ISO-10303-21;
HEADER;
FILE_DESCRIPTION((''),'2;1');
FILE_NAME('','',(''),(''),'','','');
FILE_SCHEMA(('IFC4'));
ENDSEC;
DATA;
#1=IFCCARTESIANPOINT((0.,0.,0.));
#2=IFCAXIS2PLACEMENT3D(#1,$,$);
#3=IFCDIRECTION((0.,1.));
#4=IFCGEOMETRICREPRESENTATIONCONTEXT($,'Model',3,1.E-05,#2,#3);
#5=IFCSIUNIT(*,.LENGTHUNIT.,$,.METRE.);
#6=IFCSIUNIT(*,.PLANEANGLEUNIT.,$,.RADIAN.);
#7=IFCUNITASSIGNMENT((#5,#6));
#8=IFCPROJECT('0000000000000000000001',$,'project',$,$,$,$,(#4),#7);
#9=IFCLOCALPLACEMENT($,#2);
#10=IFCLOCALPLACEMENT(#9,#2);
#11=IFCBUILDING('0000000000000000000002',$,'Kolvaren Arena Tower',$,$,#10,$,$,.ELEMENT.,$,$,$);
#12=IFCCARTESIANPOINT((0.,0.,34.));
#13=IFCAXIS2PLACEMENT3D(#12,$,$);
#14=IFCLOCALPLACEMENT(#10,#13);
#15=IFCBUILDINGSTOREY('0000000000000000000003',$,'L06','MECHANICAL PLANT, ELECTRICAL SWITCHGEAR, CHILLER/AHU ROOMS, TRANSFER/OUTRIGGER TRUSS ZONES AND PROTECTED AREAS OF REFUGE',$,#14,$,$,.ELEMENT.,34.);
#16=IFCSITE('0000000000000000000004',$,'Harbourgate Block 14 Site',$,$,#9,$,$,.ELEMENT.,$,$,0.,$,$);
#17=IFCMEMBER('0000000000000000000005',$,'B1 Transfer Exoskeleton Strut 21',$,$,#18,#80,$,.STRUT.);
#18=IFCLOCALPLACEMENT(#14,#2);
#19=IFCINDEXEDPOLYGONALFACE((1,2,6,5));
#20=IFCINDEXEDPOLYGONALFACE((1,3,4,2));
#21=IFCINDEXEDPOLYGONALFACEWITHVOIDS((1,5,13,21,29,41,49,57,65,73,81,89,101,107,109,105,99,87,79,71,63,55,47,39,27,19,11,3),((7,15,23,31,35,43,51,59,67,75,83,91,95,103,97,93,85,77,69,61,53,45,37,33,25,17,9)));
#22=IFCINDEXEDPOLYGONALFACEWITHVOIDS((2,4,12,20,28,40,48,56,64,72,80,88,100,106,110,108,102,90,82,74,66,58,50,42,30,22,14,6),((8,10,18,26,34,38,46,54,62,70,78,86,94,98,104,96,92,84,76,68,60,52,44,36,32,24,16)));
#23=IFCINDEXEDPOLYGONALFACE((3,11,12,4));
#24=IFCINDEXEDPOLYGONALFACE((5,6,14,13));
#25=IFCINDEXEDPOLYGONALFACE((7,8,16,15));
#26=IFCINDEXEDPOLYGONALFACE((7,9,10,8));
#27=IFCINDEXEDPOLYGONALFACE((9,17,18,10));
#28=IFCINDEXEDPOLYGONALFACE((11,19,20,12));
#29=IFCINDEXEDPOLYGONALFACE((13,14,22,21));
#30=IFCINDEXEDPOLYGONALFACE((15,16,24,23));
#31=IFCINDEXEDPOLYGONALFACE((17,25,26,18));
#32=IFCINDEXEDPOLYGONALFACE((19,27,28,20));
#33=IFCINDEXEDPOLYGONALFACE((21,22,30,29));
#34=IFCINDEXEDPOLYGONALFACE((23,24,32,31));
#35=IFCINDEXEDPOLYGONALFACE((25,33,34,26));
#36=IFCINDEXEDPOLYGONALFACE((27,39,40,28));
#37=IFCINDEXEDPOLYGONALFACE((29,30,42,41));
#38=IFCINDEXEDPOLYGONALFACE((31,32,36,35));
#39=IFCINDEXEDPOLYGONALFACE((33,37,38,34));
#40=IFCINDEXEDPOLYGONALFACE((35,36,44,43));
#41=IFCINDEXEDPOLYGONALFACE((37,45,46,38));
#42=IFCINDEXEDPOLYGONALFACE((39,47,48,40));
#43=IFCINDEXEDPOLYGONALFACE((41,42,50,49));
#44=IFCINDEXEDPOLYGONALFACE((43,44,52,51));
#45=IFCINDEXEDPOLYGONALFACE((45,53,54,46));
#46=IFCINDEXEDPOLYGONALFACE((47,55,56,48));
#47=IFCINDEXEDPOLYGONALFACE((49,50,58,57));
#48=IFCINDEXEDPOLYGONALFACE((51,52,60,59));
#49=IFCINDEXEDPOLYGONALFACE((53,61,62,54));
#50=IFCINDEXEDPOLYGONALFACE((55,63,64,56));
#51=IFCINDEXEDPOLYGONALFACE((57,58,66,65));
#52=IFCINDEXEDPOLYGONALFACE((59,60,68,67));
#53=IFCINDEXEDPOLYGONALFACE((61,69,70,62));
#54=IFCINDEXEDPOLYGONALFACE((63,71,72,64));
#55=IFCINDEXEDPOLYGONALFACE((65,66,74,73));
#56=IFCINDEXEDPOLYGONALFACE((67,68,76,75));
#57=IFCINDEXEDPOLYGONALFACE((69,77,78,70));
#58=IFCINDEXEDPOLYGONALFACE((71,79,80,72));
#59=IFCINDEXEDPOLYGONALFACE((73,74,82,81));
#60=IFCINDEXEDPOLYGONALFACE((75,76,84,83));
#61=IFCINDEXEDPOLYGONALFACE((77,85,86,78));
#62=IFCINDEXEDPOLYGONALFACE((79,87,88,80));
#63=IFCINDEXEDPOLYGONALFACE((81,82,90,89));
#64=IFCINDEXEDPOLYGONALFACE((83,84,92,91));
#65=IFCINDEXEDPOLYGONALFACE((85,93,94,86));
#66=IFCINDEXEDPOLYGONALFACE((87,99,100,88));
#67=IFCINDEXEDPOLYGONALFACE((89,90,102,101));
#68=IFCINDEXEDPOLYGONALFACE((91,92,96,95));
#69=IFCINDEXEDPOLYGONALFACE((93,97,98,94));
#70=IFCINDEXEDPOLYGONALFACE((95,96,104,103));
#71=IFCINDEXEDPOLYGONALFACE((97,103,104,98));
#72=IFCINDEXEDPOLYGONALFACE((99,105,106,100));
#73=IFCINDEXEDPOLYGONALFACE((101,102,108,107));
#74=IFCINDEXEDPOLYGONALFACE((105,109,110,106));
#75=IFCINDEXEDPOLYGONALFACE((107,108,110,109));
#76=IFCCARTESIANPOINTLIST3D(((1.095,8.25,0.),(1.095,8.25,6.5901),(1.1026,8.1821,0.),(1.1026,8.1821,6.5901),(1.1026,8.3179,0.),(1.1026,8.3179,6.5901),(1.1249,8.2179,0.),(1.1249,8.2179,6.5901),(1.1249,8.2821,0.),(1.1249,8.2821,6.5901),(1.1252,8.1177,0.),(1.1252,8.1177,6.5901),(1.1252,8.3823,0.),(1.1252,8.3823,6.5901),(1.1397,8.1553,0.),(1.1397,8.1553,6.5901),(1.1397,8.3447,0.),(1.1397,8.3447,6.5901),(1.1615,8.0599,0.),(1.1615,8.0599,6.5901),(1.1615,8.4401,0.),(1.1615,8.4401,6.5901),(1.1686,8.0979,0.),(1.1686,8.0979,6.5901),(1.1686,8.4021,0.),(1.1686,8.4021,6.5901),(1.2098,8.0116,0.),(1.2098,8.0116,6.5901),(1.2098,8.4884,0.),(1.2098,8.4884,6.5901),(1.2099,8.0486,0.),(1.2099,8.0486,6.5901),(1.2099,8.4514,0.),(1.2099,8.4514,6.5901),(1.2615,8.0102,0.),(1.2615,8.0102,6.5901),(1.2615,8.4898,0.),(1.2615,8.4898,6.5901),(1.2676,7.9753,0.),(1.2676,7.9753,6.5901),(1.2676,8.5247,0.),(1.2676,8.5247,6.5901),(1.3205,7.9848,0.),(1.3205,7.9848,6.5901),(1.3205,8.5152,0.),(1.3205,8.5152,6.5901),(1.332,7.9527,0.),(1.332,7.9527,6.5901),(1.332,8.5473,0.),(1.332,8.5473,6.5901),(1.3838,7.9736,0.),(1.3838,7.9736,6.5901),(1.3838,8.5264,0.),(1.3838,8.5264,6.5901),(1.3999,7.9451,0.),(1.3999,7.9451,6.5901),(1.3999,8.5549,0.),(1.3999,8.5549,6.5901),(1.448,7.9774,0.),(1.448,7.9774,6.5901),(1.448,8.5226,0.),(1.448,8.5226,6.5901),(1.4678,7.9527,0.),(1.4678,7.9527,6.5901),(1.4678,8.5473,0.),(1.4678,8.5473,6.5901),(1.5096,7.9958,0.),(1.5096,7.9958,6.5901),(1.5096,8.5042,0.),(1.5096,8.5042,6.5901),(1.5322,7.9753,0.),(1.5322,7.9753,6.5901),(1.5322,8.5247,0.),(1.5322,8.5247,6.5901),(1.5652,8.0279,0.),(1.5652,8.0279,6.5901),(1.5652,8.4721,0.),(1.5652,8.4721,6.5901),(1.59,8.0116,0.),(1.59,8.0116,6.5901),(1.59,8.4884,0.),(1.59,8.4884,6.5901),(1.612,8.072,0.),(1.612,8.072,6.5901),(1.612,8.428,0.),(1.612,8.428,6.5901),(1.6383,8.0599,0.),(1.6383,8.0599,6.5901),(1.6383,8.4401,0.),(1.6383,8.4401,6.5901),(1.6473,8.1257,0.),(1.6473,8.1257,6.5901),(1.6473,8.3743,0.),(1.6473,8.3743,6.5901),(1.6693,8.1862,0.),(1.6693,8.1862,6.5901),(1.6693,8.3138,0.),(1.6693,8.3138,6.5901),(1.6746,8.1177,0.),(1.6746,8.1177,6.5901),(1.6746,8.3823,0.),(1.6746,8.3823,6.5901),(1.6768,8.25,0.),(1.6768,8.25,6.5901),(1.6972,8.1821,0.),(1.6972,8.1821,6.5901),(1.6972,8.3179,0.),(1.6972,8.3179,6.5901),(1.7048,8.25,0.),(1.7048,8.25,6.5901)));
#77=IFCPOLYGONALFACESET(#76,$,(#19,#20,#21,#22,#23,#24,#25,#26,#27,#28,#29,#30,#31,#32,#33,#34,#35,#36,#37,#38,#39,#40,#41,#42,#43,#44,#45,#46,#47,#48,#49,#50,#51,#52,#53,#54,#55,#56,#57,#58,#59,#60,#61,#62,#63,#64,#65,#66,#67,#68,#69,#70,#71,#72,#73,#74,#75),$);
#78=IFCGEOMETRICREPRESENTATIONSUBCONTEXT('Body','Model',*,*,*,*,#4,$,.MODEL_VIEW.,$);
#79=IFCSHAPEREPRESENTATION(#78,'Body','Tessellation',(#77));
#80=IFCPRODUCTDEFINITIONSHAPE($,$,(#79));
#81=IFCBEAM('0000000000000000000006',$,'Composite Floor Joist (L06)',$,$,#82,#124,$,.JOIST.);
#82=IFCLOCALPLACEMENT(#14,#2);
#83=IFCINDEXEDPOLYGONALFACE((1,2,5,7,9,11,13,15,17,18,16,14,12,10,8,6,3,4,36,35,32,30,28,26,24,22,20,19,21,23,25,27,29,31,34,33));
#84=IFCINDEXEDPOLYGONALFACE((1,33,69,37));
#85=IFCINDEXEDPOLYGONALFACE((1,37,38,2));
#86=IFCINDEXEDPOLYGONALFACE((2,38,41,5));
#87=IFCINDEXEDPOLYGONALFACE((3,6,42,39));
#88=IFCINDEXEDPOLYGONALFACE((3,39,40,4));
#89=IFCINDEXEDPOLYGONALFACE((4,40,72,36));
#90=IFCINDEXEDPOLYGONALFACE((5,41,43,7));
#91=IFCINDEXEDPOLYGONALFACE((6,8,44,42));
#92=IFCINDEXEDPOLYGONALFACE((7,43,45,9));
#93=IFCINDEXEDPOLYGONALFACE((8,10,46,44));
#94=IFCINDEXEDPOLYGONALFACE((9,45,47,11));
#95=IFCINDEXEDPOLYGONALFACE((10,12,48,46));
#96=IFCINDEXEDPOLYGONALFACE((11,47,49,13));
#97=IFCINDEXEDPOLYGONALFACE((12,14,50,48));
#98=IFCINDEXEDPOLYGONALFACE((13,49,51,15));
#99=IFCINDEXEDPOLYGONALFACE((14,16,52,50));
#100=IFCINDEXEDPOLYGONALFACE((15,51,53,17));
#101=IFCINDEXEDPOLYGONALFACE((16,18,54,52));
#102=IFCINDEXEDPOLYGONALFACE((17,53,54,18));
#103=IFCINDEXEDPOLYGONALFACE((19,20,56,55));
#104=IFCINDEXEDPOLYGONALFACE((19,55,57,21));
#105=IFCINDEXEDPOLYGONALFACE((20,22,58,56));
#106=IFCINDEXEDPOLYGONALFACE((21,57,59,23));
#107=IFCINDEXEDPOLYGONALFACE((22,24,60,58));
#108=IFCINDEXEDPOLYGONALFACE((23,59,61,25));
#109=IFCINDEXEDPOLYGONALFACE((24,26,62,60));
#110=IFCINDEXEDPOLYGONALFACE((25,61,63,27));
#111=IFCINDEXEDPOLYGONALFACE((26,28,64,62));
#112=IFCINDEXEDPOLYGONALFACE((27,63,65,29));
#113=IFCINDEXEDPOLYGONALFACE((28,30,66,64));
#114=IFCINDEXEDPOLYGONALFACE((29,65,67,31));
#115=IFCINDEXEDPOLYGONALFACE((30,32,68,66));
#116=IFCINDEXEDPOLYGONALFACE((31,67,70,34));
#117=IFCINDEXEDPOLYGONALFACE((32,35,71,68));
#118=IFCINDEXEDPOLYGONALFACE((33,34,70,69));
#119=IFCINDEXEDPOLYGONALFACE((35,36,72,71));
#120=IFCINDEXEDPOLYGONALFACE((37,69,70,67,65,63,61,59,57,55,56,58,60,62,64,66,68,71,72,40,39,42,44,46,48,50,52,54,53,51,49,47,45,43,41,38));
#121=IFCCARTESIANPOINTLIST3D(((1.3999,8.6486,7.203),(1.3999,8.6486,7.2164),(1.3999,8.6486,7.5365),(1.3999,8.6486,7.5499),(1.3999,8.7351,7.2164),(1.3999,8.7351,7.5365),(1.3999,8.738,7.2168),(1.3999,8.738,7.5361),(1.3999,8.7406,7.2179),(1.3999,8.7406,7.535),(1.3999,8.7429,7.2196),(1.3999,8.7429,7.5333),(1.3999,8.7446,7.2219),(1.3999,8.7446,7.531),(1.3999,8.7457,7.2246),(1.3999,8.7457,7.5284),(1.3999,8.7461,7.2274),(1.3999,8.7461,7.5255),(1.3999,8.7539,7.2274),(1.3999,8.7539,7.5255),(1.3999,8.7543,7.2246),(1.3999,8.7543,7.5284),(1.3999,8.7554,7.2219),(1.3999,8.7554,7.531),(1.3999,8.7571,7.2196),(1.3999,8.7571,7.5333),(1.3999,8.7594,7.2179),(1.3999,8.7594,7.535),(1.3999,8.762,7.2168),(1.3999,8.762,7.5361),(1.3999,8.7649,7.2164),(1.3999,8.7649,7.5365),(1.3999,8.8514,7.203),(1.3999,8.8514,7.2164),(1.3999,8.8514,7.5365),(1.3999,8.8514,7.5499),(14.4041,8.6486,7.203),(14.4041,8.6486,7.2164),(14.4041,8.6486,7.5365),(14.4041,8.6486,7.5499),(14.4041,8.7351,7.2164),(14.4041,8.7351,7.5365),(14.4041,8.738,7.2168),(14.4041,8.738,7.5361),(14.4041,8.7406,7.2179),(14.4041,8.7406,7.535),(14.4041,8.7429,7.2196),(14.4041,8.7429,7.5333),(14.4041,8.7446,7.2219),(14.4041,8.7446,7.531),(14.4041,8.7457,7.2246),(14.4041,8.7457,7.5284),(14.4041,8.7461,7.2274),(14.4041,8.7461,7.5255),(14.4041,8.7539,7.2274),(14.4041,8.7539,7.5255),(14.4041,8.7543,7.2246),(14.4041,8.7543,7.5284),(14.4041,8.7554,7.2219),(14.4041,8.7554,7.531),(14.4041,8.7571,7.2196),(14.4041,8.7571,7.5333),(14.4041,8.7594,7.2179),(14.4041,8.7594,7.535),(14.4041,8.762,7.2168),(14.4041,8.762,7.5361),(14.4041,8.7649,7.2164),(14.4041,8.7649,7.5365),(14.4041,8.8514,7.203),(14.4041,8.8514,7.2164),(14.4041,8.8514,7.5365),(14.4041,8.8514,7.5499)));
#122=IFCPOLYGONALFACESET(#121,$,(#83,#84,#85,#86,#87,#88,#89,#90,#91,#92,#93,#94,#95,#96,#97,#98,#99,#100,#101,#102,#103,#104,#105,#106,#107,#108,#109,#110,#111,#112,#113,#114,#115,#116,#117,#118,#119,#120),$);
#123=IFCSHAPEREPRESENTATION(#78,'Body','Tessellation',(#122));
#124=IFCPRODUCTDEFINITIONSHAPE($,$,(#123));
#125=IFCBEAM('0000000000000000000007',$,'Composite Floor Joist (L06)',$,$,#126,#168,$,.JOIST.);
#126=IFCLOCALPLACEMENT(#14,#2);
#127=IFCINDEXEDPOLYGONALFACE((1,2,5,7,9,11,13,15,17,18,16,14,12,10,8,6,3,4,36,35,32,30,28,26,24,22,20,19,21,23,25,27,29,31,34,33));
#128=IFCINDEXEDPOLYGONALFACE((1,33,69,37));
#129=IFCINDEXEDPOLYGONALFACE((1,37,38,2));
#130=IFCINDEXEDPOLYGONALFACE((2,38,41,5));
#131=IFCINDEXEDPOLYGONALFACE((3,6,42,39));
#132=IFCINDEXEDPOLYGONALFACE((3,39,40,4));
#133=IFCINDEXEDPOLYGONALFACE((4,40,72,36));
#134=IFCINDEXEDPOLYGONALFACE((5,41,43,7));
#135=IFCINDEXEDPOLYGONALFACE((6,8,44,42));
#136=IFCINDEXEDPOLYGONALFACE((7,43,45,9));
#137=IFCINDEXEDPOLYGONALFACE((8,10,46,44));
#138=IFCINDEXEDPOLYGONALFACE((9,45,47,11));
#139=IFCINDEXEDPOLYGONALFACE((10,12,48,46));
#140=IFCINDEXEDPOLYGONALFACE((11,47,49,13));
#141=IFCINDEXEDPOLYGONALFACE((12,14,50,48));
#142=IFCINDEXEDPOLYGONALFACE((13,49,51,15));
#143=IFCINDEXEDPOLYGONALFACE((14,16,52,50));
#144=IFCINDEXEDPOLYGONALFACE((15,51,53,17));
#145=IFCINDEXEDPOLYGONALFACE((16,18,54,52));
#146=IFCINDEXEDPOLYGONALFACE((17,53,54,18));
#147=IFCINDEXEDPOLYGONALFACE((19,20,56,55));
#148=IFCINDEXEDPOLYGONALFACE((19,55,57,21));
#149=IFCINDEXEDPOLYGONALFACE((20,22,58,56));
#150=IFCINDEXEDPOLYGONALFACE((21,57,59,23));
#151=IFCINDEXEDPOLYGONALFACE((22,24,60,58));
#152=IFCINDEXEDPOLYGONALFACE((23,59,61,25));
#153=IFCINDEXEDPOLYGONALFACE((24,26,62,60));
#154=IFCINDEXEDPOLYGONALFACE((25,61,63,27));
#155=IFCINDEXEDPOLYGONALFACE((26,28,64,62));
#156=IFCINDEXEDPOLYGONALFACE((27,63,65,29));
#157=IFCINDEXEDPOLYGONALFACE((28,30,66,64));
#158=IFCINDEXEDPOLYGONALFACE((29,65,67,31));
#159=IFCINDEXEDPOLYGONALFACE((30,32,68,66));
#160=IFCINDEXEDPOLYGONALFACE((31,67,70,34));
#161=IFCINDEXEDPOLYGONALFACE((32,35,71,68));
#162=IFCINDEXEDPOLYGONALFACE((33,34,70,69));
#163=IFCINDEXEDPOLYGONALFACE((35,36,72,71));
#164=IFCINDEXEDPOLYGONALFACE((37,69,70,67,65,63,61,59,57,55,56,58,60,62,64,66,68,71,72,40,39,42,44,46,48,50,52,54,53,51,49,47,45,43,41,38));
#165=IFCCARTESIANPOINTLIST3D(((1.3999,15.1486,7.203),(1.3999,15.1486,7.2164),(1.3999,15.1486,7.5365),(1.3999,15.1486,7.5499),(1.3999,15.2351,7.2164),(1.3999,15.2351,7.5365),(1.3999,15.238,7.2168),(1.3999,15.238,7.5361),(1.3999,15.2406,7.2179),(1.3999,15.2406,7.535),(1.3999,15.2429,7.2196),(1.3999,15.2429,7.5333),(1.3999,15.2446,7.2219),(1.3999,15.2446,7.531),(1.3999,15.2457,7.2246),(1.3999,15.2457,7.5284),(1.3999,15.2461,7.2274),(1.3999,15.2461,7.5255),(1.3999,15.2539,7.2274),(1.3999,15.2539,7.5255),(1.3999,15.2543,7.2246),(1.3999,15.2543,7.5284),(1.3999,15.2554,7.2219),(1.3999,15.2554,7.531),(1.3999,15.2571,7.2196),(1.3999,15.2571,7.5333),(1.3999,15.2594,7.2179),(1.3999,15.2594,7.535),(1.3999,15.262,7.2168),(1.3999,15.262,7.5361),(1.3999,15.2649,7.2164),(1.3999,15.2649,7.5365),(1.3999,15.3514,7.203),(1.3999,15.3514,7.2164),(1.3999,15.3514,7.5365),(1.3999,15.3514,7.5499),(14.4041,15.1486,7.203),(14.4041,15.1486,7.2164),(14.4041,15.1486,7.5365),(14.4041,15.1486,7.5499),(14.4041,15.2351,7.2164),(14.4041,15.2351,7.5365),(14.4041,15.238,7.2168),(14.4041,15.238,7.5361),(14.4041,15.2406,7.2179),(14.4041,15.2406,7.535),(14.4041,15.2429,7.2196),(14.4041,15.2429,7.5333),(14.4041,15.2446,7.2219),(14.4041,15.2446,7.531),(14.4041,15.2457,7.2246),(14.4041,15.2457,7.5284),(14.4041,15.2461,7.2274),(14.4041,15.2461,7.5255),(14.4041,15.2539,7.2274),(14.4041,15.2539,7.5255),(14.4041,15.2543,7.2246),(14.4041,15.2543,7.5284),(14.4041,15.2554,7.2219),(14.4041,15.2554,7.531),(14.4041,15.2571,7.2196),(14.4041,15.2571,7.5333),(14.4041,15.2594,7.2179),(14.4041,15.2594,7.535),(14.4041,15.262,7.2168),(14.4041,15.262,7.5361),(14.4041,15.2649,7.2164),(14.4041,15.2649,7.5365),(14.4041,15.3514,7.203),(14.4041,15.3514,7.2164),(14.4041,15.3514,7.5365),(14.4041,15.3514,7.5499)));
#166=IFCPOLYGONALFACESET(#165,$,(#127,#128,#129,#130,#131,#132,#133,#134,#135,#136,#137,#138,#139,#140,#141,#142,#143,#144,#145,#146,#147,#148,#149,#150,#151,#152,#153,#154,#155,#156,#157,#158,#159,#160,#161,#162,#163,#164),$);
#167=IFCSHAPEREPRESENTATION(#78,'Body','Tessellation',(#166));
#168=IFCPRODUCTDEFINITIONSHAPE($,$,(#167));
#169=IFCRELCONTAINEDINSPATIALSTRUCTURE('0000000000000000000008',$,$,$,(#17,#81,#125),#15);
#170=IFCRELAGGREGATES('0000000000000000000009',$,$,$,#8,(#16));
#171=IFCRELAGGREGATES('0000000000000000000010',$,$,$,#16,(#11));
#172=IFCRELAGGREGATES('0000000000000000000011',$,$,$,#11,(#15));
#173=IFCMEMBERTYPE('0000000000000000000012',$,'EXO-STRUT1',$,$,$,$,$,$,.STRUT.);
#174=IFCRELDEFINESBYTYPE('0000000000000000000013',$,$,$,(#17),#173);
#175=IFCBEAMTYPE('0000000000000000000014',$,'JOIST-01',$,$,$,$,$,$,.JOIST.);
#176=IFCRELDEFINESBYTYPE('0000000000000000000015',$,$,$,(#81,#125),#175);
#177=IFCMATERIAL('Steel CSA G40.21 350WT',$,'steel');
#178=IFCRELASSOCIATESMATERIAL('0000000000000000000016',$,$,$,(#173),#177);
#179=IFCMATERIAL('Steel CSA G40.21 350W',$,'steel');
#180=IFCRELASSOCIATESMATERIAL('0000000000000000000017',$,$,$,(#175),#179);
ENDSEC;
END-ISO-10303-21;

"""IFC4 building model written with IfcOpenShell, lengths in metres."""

from ifc_helpers import new_model, si_unit, direction, frame, origin, origin_2d, place, context, subcontext, project, spatial, hollow_circle, i_section, extrude, material, material_profile, profile_set, type_object, element, save


model = new_model("IFC4")

# Units and contexts
model_context = context("Model", 3, precision=1e-05, world=origin(), true_north=direction((0.0, 1.0)))
body_context = subcontext(model_context, "Body", "Model", "MODEL_VIEW")
ifc_project = project(units=[si_unit("LENGTHUNIT", "METRE"), si_unit("PLANEANGLEUNIT", "RADIAN")], contexts=[model_context])

# Site, building, storey
site_placement = place(None, origin())
site = spatial("IfcSite", under=ifc_project, at=site_placement, Name="Harbourgate Block 14 Site", CompositionType="ELEMENT", RefElevation=0.0)
building_placement = place(site_placement, origin())
building = spatial("IfcBuilding", under=site, at=building_placement, Name="Kolvaren Arena Tower", CompositionType="ELEMENT")
storey_placement = place(building_placement, frame((0.0, 0.0, 34.0)))
storey = spatial("IfcBuildingStorey", under=building, at=storey_placement, Name="L06", Description="MECHANICAL PLANT, ELECTRICAL SWITCHGEAR, CHILLER/AHU ROOMS, TRANSFER/OUTRIGGER TRUSS ZONES AND PROTECTED AREAS OF REFUGE", CompositionType="ELEMENT", Elevation=34.0)

# Shared definitions
ifc_material_1 = material(Name="Steel CSA G40.21 350W", Category="steel")

# Member
ifc_material_2 = material(Name="Steel CSA G40.21 350WT", Category="steel")
ifc_material_profile_1 = material_profile(ifc_material_2, hollow_circle(Radius=0.3049, WallThickness=0.0281, at=origin_2d()), Name="CHS 610x28")
ifc_profile_set_1 = profile_set([ifc_material_profile_1], Name="Steel CSA G40.21 350WT")
member_type = type_object("IfcMemberType", Name="EXO-STRUT1", PredefinedType="STRUT", material=ifc_profile_set_1)
for number, where, z_axis, x_axis, name in (
    (1, (1.3999, 8.25, 0.0), (0.0, 0.0, 1.0), (1.0, 0.0, 0.0), "B1 Transfer Exoskeleton Strut 21"),
):
    element("IfcMember", number, at=place(storey_placement, frame(where, z_axis=z_axis, x_axis=x_axis)), inside=storey, type_object=member_type, Name=name, PredefinedType="STRUT", context=body_context, shape_type="SweptSolid", body=[
        extrude(hollow_circle(Radius=0.3049, WallThickness=0.0281, at=origin_2d()), origin(), (0.0, 0.0, 1.0), 6.5901),
    ])

# Beams
ifc_material_profile_2 = material_profile(ifc_material_1, i_section(OverallWidth=0.2029, OverallDepth=0.3469, WebThickness=0.0078, FlangeThickness=0.0134, FilletRadius=0.011, at=origin_2d()), Name="W360x64")
ifc_profile_set_2 = profile_set([ifc_material_profile_2], Name="Steel CSA G40.21 350W")
beam_type_1 = type_object("IfcBeamType", Name="JOIST-01", PredefinedType="JOIST", material=ifc_profile_set_2)
for number, where, z_axis, x_axis, name in (
    (2, (1.3999, 8.75, 7.3765), (1.0, 0.0, 0.0), (0.0, 1.0, 0.0), "Composite Floor Joist (L06)"),
    (3, (1.3999, 15.25, 7.3765), (1.0, 0.0, 0.0), (0.0, 1.0, 0.0), "Composite Floor Joist (L06)"),
):
    element("IfcBeam", number, at=place(storey_placement, frame(where, z_axis=z_axis, x_axis=x_axis)), inside=storey, type_object=beam_type_1, Name=name, PredefinedType="JOIST", context=body_context, shape_type="SweptSolid", body=[
        extrude(i_section(OverallWidth=0.2029, OverallDepth=0.3469, WebThickness=0.0078, FlangeThickness=0.0134, FilletRadius=0.011, at=origin_2d()), origin(), (0.0, 0.0, 1.0), 13.0042),
    ])

save(model, "model.ifc")
